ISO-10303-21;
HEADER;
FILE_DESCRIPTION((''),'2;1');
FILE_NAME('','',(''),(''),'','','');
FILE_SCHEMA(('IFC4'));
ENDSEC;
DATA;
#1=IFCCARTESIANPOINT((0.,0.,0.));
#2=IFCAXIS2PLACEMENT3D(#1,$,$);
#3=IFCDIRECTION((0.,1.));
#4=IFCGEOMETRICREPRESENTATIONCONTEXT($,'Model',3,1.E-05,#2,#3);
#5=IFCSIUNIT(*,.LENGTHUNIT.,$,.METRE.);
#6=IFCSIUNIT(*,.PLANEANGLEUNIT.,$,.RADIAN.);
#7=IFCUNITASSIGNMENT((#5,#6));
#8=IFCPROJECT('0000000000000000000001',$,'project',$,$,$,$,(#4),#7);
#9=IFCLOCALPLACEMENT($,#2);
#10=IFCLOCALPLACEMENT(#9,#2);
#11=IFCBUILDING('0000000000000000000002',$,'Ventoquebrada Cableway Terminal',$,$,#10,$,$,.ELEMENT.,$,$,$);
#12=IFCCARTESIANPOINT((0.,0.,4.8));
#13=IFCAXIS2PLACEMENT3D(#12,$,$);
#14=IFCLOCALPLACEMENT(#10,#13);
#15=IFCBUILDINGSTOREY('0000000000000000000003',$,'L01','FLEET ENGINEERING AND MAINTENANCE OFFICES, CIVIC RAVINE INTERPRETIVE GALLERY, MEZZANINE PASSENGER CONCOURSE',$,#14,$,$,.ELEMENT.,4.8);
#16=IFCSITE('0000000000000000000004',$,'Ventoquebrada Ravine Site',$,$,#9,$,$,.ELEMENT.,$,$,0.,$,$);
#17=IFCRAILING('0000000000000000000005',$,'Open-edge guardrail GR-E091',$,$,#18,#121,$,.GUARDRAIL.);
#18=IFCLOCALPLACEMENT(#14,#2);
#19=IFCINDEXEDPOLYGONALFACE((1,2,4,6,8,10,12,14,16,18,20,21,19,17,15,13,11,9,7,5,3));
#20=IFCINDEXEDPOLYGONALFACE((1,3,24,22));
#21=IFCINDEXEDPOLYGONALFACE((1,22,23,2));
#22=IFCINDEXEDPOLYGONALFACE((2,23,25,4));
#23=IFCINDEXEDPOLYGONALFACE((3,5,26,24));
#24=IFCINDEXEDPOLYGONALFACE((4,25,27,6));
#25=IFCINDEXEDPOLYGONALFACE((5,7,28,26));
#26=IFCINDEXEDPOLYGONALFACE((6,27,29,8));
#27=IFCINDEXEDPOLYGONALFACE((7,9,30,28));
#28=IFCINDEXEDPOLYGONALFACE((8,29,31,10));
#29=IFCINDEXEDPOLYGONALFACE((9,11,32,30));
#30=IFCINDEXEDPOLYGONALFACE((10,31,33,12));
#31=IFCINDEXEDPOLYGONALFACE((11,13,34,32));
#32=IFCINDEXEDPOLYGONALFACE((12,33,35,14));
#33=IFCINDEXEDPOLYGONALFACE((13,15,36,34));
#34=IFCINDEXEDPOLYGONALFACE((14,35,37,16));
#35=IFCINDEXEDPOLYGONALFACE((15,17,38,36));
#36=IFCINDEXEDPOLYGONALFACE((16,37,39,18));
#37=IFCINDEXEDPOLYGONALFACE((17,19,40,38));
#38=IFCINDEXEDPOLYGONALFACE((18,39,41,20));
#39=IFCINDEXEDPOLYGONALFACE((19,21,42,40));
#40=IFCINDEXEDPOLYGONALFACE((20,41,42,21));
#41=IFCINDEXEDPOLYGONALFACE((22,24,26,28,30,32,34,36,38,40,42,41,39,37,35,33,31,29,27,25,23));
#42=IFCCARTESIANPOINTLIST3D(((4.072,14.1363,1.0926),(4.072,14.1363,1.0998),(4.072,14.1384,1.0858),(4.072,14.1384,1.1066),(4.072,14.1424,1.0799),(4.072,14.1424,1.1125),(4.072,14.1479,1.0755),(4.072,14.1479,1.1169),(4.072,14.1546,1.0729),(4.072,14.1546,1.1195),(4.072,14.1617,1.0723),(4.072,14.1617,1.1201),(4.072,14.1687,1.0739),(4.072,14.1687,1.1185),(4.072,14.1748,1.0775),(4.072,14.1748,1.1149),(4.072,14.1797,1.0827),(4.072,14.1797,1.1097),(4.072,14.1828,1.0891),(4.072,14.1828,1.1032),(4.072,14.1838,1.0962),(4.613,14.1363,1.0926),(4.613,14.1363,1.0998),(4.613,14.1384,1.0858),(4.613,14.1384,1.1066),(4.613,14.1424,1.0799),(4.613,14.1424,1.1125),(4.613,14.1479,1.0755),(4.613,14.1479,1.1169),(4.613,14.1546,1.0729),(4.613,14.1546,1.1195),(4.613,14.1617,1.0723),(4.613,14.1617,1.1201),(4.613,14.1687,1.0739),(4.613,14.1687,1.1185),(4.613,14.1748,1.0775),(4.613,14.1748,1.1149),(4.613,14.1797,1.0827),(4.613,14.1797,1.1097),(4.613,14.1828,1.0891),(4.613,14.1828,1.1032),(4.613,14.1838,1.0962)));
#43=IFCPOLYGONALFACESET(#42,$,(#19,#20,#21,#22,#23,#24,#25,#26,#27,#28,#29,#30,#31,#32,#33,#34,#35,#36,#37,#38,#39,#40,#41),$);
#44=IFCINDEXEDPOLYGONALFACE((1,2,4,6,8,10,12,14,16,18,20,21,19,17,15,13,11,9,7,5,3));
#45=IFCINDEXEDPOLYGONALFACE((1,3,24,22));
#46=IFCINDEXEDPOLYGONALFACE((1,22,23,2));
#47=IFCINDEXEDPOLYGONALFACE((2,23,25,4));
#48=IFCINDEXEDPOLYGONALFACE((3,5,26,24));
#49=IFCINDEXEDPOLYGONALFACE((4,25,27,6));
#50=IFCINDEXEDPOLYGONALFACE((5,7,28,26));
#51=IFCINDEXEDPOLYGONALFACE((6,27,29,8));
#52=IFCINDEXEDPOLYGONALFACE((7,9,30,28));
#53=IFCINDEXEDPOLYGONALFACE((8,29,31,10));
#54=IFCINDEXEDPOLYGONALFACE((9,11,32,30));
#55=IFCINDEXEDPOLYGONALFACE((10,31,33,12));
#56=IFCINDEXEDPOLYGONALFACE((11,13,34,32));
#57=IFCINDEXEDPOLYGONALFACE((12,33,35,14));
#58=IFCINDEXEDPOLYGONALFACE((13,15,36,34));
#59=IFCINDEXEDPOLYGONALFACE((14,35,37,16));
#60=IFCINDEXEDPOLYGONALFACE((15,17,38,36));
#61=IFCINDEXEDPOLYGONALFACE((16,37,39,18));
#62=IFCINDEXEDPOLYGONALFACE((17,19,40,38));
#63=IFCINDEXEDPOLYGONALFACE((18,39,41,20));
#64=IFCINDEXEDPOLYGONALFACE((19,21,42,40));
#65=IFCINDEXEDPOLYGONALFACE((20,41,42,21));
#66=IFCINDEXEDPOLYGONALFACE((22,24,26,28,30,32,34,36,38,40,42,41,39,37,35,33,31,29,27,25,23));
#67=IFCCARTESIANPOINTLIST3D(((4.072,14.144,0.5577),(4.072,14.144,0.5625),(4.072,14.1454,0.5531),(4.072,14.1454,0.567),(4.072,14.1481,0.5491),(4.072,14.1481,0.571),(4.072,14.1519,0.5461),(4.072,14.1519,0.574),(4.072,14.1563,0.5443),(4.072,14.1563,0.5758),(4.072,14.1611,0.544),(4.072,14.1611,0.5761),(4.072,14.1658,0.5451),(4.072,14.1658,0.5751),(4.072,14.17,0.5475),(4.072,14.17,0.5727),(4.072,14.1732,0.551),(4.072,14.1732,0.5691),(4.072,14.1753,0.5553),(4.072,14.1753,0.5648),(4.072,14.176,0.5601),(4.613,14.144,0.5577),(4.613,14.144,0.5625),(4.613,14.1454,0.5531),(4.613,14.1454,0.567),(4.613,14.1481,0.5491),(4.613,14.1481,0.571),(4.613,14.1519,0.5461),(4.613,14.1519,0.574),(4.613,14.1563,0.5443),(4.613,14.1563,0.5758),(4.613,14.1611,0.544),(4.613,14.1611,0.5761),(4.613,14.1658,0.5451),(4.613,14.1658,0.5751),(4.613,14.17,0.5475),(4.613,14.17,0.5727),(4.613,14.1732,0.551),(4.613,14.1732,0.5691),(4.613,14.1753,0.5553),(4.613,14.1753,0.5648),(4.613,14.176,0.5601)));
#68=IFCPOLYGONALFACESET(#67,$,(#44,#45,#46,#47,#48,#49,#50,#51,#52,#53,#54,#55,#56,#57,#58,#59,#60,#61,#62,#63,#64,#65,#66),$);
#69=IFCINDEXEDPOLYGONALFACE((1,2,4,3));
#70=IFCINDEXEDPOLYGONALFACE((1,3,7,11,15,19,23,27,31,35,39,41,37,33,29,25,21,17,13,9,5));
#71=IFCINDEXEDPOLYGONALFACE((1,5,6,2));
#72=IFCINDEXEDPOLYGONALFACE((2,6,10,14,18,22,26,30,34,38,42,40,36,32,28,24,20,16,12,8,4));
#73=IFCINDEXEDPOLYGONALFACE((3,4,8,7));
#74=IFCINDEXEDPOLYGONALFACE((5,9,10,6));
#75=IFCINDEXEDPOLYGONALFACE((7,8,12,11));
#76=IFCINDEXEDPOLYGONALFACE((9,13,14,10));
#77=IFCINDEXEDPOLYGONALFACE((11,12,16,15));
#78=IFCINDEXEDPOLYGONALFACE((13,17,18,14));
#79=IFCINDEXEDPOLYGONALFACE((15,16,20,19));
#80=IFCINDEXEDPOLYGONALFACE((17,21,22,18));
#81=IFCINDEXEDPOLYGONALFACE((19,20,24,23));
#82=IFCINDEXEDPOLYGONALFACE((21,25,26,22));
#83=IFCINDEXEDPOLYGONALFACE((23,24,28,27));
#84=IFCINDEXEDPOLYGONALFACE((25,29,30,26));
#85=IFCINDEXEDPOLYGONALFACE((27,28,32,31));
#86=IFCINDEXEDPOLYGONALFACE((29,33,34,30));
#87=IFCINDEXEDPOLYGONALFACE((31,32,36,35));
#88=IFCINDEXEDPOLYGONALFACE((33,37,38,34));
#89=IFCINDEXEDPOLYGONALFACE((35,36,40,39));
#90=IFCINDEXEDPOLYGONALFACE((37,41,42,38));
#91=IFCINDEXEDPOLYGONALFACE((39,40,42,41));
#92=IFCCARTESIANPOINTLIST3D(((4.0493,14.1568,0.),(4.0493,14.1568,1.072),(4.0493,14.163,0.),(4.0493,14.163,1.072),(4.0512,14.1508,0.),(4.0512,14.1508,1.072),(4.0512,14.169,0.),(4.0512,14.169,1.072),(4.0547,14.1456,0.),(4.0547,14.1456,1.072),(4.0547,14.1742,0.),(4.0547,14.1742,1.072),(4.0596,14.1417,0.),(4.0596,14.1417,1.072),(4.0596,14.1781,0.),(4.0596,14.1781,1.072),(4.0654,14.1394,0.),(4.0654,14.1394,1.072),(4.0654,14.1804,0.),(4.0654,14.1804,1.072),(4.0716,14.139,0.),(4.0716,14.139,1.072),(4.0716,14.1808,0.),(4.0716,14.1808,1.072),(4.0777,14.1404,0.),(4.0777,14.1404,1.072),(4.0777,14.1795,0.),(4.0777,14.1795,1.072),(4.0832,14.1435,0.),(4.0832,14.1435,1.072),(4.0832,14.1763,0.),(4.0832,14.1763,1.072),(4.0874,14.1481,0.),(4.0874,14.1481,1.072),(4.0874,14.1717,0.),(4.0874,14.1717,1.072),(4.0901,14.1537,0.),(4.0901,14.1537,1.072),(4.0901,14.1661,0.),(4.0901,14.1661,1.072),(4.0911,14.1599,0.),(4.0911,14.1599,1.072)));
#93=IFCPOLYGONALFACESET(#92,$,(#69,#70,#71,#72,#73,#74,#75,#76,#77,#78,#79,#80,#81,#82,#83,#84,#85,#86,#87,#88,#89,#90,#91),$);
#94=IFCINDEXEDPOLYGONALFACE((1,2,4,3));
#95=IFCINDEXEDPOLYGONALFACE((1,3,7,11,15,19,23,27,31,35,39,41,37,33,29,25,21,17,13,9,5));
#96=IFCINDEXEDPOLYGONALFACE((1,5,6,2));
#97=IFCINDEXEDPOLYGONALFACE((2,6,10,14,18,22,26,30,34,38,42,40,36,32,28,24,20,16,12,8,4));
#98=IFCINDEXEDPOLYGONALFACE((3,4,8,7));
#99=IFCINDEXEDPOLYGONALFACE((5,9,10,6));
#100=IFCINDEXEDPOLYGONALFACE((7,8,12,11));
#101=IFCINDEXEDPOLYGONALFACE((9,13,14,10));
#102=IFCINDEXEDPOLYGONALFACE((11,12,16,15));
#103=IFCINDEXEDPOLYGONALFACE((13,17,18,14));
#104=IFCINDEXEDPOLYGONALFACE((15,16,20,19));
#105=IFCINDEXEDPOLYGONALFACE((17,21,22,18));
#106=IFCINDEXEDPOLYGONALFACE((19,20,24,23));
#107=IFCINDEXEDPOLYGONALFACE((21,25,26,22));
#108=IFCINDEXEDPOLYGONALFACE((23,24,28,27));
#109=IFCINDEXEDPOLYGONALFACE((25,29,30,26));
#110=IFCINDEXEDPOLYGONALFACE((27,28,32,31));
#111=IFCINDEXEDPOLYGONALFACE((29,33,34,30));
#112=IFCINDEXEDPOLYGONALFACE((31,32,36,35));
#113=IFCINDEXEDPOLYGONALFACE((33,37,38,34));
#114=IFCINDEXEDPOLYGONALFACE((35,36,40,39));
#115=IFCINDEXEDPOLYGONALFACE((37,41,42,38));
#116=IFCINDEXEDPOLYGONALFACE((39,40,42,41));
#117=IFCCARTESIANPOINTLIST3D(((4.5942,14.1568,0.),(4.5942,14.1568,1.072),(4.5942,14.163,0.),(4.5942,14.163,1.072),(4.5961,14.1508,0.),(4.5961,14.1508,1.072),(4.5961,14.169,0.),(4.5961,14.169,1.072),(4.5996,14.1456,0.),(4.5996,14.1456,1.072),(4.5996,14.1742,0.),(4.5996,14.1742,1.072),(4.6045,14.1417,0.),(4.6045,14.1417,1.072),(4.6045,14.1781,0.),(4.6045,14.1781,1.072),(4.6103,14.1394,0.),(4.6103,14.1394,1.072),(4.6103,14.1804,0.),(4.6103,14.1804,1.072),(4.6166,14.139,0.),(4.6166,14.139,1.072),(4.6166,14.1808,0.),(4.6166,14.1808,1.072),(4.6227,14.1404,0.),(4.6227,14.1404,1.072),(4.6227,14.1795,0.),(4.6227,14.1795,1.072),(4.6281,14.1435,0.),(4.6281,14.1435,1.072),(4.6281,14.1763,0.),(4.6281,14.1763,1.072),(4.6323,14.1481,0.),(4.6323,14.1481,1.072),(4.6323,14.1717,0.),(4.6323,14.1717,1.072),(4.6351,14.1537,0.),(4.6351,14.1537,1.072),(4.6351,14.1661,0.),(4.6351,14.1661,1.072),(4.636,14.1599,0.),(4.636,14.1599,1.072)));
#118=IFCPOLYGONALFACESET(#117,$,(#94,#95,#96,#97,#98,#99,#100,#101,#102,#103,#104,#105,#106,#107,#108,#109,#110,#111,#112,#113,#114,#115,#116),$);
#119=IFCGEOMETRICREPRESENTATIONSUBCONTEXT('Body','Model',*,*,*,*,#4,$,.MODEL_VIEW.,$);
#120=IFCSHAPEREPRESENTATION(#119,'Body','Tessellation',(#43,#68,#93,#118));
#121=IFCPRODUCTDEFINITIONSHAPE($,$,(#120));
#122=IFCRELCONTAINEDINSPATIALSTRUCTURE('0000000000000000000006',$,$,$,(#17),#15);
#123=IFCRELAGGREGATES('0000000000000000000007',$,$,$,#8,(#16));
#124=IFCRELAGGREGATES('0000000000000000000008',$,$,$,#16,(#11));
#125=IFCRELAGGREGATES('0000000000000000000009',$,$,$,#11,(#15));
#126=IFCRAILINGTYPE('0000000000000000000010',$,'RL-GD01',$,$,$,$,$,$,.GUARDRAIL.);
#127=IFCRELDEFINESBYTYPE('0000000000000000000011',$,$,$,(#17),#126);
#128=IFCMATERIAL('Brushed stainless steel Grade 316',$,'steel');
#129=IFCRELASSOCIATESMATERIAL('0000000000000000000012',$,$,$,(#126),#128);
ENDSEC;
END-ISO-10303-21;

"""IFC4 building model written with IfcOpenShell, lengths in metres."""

from ifc_helpers import new_model, si_unit, direction, frame, origin, origin_2d, place, context, subcontext, project, spatial, circle, extrude, material, type_object, element, save


model = new_model("IFC4")

# Units and contexts
model_context = context("Model", 3, precision=1e-05, world=origin(), true_north=direction((0.0, 1.0)))
body_context = subcontext(model_context, "Body", "Model", "MODEL_VIEW")
ifc_project = project(units=[si_unit("LENGTHUNIT", "METRE"), si_unit("PLANEANGLEUNIT", "RADIAN")], contexts=[model_context])

# Site, building, storey
site_placement = place(None, origin())
site = spatial("IfcSite", under=ifc_project, at=site_placement, Name="Ventoquebrada Ravine Site", CompositionType="ELEMENT", RefElevation=0.0)
building_placement = place(site_placement, origin())
building = spatial("IfcBuilding", under=site, at=building_placement, Name="Ventoquebrada Cableway Terminal", CompositionType="ELEMENT")
storey_placement = place(building_placement, frame((0.0, 0.0, 4.8)))
storey = spatial("IfcBuildingStorey", under=building, at=storey_placement, Name="L01", Description="FLEET ENGINEERING AND MAINTENANCE OFFICES, CIVIC RAVINE INTERPRETIVE GALLERY, MEZZANINE PASSENGER CONCOURSE", CompositionType="ELEMENT", Elevation=4.8)

# Railing
ifc_material_1 = material(Name="Brushed stainless steel Grade 316", Category="steel")
railing_type_1 = type_object("IfcRailingType", Name="RL-GD01", PredefinedType="GUARDRAIL", material=ifc_material_1)
railing_1_placement = place(storey_placement, frame((4.0701, 14.1599, 0.0)))
element("IfcRailing", 1, at=railing_1_placement, inside=storey, type_object=railing_type_1, Name="Open-edge guardrail GR-E091", PredefinedType="GUARDRAIL", context=body_context, shape_type="SweptSolid", body=[
    extrude(circle(Radius=0.0239, at=origin_2d()), frame((0.002, 0.0, 1.0962), z_axis=(1.0, 0.0, 0.0), x_axis=(0.0, 1.0, 0.0)), (0.0, 0.0, 1.0), 0.541),
    extrude(circle(Radius=0.0161, at=origin_2d()), frame((0.002, 0.0, 0.5601), z_axis=(1.0, 0.0, 0.0), x_axis=(0.0, 1.0, 0.0)), (0.0, 0.0, 1.0), 0.541),
    extrude(circle(Radius=0.021, at=origin_2d()), origin(), (0.0, 0.0, 1.0), 1.072),
    extrude(circle(Radius=0.021, at=origin_2d()), frame((0.5449, 0.0, 0.0)), (0.0, 0.0, 1.0), 1.072),
])

save(model, "model.ifc")
